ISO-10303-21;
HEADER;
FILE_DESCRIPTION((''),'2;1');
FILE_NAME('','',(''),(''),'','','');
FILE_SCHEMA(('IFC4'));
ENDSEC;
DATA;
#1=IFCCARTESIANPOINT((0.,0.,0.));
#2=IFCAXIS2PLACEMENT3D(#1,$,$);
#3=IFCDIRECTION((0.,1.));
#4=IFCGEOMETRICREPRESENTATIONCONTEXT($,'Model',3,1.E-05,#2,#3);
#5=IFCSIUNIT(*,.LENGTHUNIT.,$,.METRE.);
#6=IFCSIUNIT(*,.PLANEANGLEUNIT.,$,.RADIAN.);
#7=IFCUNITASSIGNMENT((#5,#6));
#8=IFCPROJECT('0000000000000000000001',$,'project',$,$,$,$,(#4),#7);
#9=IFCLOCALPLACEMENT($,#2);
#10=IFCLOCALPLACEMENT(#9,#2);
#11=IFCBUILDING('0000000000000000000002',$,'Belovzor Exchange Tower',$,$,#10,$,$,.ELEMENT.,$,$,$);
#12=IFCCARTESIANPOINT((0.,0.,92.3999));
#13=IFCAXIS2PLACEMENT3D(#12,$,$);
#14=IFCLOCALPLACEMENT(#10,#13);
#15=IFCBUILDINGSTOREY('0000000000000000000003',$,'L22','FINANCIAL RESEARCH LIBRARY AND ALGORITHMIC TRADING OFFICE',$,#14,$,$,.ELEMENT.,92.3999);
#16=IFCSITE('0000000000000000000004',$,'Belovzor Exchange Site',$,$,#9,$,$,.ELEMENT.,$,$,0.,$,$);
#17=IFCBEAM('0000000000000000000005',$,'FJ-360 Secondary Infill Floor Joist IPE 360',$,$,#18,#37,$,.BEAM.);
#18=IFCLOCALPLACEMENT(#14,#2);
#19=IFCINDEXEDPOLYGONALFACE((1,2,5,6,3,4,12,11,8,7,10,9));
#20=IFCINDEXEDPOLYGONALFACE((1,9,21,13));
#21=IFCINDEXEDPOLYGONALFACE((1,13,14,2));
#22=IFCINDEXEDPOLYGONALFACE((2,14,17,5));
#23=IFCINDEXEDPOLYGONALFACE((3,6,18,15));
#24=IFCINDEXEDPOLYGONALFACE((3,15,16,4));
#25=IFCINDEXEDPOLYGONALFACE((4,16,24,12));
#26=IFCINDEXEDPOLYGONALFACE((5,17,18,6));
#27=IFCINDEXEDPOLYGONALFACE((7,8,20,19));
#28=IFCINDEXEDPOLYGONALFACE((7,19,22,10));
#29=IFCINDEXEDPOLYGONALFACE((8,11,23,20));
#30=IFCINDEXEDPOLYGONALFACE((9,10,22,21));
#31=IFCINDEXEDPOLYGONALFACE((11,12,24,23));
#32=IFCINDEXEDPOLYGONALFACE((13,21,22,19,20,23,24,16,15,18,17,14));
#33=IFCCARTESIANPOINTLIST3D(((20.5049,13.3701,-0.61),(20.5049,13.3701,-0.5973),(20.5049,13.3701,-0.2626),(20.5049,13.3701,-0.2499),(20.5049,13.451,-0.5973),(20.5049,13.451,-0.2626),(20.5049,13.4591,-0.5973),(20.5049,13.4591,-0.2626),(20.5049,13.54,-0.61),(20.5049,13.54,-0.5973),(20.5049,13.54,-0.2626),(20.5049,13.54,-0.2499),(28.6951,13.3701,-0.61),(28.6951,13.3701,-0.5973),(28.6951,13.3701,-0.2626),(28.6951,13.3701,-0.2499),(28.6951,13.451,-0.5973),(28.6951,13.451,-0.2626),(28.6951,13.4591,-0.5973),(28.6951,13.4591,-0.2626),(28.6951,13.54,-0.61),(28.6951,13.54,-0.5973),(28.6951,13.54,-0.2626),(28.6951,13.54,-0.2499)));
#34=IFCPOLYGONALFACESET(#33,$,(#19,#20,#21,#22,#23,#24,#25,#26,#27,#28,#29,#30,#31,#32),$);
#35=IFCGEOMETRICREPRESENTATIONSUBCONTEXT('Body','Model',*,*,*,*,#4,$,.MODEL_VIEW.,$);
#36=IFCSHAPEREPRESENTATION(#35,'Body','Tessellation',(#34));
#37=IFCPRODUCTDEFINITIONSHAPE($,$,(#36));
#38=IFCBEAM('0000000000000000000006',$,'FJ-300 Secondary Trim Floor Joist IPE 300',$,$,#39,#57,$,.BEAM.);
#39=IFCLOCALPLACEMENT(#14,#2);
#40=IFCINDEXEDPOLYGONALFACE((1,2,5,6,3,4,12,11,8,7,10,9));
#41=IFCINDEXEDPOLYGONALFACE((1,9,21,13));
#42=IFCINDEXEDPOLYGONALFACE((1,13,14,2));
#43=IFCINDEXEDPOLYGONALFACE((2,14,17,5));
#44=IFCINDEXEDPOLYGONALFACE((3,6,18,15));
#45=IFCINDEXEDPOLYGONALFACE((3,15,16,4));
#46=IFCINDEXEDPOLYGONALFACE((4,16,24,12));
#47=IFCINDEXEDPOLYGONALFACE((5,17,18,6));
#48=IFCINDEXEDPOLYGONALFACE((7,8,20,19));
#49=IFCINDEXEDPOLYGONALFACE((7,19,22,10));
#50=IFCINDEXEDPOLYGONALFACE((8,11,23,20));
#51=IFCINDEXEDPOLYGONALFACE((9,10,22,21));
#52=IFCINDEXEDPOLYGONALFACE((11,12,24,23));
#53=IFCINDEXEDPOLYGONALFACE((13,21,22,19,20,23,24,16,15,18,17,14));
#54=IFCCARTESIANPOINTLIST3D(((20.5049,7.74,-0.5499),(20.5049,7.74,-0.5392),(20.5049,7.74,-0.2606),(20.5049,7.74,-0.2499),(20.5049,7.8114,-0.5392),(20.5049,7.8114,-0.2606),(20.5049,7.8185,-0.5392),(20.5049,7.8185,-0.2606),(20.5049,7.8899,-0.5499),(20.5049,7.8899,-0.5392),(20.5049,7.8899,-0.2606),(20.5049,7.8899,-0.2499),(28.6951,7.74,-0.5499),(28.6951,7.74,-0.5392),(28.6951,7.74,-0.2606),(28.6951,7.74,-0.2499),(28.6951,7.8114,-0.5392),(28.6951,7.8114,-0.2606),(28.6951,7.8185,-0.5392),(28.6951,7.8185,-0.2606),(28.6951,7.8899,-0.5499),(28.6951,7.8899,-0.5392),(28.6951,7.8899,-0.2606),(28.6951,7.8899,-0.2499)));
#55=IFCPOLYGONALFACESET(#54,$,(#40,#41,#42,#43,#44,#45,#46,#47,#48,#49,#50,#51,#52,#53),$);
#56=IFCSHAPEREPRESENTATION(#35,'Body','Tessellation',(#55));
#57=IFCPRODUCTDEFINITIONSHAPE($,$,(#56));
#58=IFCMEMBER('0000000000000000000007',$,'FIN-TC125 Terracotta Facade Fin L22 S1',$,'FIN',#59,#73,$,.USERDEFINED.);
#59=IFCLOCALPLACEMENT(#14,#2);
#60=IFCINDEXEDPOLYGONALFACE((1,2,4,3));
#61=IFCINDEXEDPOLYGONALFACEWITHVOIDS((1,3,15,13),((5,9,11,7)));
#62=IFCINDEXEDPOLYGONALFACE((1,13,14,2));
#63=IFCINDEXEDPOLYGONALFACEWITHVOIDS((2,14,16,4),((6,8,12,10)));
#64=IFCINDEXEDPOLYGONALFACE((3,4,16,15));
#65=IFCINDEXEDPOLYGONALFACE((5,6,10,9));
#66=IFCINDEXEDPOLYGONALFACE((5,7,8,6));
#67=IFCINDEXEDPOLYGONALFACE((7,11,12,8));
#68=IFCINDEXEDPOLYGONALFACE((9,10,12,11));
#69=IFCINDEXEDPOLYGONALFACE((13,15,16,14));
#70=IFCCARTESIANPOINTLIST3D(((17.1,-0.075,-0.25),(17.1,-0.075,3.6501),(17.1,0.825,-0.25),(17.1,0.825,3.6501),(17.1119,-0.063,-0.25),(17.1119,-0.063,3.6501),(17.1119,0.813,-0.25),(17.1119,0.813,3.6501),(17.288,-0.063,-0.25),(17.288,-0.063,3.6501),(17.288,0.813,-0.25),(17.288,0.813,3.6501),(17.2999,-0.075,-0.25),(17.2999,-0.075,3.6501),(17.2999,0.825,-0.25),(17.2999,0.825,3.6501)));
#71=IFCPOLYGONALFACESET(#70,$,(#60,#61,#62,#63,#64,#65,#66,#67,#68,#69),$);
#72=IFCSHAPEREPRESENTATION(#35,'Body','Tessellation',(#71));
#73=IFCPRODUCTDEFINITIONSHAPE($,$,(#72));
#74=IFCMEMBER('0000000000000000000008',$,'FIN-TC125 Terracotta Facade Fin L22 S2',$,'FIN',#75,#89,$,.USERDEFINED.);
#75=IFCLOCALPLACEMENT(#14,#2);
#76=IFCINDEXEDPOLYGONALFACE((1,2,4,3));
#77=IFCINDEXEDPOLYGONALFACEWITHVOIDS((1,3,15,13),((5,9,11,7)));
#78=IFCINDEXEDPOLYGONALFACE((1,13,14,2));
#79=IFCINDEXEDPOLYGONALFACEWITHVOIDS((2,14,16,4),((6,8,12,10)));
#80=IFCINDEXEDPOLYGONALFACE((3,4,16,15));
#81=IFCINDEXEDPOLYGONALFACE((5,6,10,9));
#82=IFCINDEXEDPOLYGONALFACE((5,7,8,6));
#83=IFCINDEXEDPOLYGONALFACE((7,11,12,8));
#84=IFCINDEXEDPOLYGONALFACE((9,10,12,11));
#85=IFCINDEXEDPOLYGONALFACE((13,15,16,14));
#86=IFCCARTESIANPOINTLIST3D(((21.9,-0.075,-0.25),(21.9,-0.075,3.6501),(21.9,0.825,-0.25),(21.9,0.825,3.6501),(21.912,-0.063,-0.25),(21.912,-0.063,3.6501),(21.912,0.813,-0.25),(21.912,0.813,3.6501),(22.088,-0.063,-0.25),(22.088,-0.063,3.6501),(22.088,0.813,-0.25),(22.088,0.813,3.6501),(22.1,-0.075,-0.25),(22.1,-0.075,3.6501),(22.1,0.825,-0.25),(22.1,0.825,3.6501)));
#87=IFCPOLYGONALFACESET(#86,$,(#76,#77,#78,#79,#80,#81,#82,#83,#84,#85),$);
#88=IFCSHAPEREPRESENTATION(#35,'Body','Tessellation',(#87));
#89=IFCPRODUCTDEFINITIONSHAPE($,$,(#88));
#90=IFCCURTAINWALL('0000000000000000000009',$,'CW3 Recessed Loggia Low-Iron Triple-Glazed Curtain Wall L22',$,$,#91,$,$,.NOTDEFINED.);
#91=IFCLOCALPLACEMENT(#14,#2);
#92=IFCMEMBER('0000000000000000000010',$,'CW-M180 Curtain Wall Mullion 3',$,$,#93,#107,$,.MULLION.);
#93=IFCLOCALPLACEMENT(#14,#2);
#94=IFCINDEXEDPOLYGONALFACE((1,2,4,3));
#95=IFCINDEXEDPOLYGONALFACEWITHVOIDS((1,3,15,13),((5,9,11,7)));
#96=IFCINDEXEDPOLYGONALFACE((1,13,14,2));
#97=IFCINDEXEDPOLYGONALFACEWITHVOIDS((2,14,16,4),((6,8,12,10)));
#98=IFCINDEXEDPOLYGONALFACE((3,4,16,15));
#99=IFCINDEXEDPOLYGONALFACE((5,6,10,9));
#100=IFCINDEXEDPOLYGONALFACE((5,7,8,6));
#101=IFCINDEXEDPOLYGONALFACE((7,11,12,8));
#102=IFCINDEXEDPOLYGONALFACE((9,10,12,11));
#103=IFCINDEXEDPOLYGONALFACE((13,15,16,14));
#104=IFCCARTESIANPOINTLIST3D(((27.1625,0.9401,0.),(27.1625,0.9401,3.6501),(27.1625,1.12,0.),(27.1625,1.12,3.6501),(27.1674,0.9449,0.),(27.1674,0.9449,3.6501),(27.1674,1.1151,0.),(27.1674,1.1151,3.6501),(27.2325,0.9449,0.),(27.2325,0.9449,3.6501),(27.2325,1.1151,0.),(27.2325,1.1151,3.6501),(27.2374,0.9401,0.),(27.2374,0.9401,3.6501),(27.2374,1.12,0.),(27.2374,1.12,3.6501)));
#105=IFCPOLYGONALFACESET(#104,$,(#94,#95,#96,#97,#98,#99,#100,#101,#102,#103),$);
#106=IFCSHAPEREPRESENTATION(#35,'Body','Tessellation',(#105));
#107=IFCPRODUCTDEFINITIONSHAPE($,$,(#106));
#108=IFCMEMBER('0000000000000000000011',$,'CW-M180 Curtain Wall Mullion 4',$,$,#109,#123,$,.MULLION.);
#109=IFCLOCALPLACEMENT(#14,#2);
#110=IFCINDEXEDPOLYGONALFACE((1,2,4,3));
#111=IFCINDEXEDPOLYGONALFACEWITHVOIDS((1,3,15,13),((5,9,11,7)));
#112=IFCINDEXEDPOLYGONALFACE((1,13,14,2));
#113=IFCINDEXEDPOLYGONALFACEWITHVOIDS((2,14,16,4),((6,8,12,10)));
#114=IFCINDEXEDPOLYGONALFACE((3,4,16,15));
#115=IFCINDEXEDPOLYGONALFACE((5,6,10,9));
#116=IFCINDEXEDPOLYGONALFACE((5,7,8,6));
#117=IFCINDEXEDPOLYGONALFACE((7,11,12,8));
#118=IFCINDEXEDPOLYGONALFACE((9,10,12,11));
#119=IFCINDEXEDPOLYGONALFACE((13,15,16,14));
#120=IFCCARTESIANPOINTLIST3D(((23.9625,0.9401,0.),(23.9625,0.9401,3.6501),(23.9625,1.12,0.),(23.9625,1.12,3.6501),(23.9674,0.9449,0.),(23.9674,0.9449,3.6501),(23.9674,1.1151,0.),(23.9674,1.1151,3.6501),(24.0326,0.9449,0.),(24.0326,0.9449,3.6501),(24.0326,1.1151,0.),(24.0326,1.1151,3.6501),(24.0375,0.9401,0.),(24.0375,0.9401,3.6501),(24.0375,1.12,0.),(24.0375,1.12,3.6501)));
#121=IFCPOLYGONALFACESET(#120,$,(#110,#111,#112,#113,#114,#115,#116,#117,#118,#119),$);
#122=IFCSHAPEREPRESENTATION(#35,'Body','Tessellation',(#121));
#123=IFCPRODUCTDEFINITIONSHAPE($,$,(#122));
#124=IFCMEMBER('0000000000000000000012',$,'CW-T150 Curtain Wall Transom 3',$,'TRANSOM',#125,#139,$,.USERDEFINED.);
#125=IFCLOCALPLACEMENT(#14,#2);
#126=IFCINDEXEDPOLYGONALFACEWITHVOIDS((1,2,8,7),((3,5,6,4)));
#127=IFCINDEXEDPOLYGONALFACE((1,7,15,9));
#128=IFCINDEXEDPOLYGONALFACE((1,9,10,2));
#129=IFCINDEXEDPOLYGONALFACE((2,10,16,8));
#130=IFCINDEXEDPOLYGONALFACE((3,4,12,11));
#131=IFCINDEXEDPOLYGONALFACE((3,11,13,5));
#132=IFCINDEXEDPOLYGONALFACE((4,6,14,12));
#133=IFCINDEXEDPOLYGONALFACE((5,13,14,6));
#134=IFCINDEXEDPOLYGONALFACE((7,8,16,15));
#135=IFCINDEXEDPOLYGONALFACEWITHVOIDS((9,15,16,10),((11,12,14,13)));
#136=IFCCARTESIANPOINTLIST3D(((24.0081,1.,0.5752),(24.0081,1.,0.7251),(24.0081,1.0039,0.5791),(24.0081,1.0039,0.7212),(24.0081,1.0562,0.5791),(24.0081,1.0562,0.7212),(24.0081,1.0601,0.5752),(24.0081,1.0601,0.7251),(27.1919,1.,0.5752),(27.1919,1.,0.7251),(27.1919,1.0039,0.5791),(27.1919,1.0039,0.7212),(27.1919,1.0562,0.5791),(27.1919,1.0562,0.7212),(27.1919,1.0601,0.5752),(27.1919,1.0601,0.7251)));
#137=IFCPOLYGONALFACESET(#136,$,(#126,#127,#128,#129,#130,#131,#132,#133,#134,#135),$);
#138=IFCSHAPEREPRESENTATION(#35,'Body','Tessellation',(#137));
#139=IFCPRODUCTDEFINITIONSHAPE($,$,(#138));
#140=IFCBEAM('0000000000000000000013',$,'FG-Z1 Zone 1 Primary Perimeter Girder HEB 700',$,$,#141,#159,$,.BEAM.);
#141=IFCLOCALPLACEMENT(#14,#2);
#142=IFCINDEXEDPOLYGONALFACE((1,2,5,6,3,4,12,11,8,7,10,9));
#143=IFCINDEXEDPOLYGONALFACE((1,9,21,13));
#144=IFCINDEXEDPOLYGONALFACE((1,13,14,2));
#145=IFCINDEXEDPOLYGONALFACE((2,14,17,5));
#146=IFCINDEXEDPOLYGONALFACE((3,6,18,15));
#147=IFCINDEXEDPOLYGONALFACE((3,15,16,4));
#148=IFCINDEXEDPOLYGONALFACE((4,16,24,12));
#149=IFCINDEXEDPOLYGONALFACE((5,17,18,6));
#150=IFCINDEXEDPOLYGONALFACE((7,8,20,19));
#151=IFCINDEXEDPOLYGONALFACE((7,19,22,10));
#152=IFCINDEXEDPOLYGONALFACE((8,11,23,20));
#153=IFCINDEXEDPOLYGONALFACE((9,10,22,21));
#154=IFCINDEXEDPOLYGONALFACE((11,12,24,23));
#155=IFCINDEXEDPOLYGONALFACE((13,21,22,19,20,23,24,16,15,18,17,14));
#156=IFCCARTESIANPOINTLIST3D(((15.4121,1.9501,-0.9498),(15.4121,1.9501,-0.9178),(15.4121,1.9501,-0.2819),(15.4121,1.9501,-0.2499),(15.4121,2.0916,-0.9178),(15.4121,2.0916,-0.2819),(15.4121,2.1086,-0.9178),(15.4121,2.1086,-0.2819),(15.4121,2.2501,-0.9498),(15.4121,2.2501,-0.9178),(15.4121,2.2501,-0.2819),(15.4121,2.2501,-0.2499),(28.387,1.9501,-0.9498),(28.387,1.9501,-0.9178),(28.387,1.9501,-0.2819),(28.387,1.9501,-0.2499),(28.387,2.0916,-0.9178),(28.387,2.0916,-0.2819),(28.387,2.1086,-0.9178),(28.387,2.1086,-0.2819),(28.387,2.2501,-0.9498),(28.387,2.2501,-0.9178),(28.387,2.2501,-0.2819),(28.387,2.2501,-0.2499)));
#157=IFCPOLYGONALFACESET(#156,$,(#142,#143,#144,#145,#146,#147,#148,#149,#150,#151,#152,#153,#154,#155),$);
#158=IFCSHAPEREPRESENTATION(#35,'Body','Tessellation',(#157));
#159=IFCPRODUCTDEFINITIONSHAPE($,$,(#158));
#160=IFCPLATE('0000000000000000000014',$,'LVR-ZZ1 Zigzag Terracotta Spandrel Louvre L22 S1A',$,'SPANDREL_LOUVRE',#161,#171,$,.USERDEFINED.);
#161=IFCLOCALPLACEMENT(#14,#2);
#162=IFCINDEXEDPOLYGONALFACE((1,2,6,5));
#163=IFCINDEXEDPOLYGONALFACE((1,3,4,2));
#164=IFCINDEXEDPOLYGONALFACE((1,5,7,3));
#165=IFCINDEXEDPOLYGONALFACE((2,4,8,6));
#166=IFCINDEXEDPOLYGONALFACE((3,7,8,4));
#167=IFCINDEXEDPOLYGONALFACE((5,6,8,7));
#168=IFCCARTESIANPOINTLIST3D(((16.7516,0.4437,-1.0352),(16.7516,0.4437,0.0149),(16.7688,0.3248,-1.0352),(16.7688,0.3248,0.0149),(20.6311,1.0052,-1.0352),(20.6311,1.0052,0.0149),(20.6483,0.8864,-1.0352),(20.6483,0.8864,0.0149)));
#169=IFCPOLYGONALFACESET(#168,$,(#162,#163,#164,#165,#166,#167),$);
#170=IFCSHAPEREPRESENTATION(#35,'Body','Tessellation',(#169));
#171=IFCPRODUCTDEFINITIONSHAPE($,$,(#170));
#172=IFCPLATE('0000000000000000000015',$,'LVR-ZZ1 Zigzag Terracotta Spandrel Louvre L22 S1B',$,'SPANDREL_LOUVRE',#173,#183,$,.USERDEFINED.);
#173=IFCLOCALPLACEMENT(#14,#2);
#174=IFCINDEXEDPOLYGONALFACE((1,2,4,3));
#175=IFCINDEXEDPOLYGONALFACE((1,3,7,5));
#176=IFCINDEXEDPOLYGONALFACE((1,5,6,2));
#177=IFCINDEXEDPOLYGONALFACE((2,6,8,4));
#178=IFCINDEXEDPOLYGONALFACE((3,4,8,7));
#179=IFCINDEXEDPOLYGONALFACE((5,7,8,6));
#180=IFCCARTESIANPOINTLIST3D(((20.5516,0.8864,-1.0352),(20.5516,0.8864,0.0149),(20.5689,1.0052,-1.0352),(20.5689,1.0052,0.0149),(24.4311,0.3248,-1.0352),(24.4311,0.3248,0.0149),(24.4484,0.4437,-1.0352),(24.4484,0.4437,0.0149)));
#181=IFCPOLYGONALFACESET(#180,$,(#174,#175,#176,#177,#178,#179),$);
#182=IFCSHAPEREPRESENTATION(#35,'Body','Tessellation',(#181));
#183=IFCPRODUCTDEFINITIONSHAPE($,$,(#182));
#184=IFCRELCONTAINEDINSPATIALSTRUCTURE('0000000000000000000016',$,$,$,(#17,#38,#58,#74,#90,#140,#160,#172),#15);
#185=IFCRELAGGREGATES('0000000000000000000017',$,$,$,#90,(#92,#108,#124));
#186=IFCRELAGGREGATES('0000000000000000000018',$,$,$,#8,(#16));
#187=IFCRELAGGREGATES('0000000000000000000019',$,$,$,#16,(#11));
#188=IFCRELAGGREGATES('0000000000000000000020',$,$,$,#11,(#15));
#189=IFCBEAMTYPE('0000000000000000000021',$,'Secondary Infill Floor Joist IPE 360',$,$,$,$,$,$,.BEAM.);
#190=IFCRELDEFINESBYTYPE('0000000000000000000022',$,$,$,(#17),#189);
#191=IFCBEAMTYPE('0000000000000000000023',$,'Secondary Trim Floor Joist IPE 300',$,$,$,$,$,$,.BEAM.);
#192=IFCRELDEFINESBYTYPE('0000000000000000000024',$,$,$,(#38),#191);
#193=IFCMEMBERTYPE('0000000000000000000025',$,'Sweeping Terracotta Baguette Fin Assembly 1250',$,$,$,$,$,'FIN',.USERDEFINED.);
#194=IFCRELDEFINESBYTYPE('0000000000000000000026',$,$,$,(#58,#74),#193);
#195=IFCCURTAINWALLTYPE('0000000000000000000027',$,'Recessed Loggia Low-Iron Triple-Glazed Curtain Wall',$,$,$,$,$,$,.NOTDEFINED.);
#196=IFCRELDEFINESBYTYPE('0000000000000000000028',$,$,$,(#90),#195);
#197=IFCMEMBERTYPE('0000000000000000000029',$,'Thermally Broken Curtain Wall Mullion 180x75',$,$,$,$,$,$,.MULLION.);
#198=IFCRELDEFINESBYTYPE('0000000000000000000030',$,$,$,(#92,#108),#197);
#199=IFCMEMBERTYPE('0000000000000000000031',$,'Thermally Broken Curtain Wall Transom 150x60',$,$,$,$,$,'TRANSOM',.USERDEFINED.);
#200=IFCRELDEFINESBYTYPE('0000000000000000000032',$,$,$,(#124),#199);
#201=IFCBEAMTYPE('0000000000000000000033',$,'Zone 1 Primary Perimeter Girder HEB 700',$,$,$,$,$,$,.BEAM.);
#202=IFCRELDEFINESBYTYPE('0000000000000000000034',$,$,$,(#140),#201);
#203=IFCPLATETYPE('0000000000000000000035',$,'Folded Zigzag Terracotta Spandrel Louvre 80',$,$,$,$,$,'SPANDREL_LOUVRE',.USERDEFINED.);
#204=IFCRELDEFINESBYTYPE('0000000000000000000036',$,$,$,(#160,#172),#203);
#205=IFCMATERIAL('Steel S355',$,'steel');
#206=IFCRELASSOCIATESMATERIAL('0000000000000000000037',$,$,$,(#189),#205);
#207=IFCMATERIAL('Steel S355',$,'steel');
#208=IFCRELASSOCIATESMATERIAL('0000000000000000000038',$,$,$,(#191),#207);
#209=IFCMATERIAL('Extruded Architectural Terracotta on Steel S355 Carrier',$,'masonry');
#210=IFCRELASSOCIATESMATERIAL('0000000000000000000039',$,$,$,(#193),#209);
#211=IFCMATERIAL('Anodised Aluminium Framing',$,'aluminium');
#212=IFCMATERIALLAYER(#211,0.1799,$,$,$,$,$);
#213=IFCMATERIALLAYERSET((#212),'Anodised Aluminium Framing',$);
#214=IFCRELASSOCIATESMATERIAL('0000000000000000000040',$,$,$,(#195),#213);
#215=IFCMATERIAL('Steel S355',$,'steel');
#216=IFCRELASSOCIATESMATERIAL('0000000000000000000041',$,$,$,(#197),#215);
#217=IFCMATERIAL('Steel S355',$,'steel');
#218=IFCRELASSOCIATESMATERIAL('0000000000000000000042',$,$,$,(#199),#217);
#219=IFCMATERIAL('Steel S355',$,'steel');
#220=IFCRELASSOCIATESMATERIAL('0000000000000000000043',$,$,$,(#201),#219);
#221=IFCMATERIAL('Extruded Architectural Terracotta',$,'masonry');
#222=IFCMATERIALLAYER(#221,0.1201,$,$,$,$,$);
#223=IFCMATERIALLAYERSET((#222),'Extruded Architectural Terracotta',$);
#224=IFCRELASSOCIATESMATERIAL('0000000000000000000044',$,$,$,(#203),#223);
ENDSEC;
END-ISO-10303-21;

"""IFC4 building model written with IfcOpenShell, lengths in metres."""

from ifc_helpers import new_model, si_unit, direction, frame, origin, origin_2d, place, context, subcontext, project, spatial, rectangle, hollow_rectangle, i_section, extrude, material, layer, layer_set, material_profile, profile_set, type_object, element, aggregate, save


model = new_model("IFC4")

# Units and contexts
model_context = context("Model", 3, precision=1e-05, world=origin(), true_north=direction((0.0, 1.0)))
body_context = subcontext(model_context, "Body", "Model", "MODEL_VIEW")
ifc_project = project(units=[si_unit("LENGTHUNIT", "METRE"), si_unit("PLANEANGLEUNIT", "RADIAN")], contexts=[model_context])

# Site, building, storey
site_placement = place(None, origin())
site = spatial("IfcSite", under=ifc_project, at=site_placement, Name="Belovzor Exchange Site", CompositionType="ELEMENT", RefElevation=0.0)
building_placement = place(site_placement, origin())
building = spatial("IfcBuilding", under=site, at=building_placement, Name="Belovzor Exchange Tower", CompositionType="ELEMENT")
storey_placement = place(building_placement, frame((0.0, 0.0, 92.3999)))
storey = spatial("IfcBuildingStorey", under=building, at=storey_placement, Name="L22", Description="FINANCIAL RESEARCH LIBRARY AND ALGORITHMIC TRADING OFFICE", CompositionType="ELEMENT", Elevation=92.3999)

# Beams
ifc_material_1 = material(Name="Steel S355", Category="steel")
ifc_material_profile_1 = material_profile(ifc_material_1, i_section(OverallWidth=0.1699, OverallDepth=0.3601, WebThickness=0.0081, FlangeThickness=0.0127, at=origin_2d()))
ifc_profile_set_1 = profile_set([ifc_material_profile_1], Name="Steel S355")
beam_type_1 = type_object("IfcBeamType", Name="Secondary Infill Floor Joist IPE 360", PredefinedType="BEAM", material=ifc_profile_set_1)
beam_1_placement = place(storey_placement, frame((20.5049, 13.4551, -0.4299), z_axis=(1.0, 0.0, 0.0), x_axis=(0.0, 1.0, 0.0)))
element("IfcBeam", 1, at=beam_1_placement, inside=storey, type_object=beam_type_1, Name="FJ-360 Secondary Infill Floor Joist IPE 360", PredefinedType="BEAM", context=body_context, shape_type="SweptSolid", body=[
    extrude(i_section(OverallWidth=0.1699, OverallDepth=0.3601, WebThickness=0.0081, FlangeThickness=0.0127, at=origin_2d()), origin(), (0.0, 0.0, 1.0), 8.1902),
])
ifc_material_2 = material(Name="Steel S355", Category="steel")
ifc_material_profile_2 = material_profile(ifc_material_2, i_section(OverallWidth=0.1499, OverallDepth=0.3, WebThickness=0.0071, FlangeThickness=0.0107, at=origin_2d()))
ifc_profile_set_2 = profile_set([ifc_material_profile_2], Name="Steel S355")
beam_type_2 = type_object("IfcBeamType", Name="Secondary Trim Floor Joist IPE 300", PredefinedType="BEAM", material=ifc_profile_set_2)
beam_2_placement = place(storey_placement, frame((20.5049, 7.8149, -0.3999), z_axis=(1.0, 0.0, 0.0), x_axis=(0.0, 1.0, 0.0)))
element("IfcBeam", 2, at=beam_2_placement, inside=storey, type_object=beam_type_2, Name="FJ-300 Secondary Trim Floor Joist IPE 300", PredefinedType="BEAM", context=body_context, shape_type="SweptSolid", body=[
    extrude(i_section(OverallWidth=0.1499, OverallDepth=0.3, WebThickness=0.0071, FlangeThickness=0.0107, at=origin_2d()), origin(), (0.0, 0.0, 1.0), 8.1902),
])

# Members
ifc_material_3 = material(Name="Extruded Architectural Terracotta on Steel S355 Carrier", Category="masonry")
ifc_material_profile_3 = material_profile(ifc_material_3, hollow_rectangle(XDim=0.2, YDim=0.8999, WallThickness=0.012, at=origin_2d()))
ifc_profile_set_3 = profile_set([ifc_material_profile_3], Name="Extruded Architectural Terracotta on Steel S355 Carrier")
member_type_1 = type_object("IfcMemberType", Name="Sweeping Terracotta Baguette Fin Assembly 1250", ElementType="FIN", PredefinedType="USERDEFINED", material=ifc_profile_set_3)
for number, where, z_axis, x_axis, name in (
    (3, (17.2, 0.375, -0.25), (0.0, 0.0, 1.0), (1.0, 0.0, 0.0), "FIN-TC125 Terracotta Facade Fin L22 S1"),
    (4, (22.0, 0.375, -0.25), (0.0, 0.0, 1.0), (1.0, 0.0, 0.0), "FIN-TC125 Terracotta Facade Fin L22 S2"),
):
    element("IfcMember", number, at=place(storey_placement, frame(where, z_axis=z_axis, x_axis=x_axis)), inside=storey, type_object=member_type_1, Name=name, ObjectType="FIN", PredefinedType="USERDEFINED", context=body_context, shape_type="SweptSolid", body=[
        extrude(hollow_rectangle(XDim=0.2, YDim=0.8999, WallThickness=0.012, at=origin_2d()), origin(), (0.0, 0.0, 1.0), 3.9001),
    ])

# Curtain wall, members
ifc_material_4 = material(Name="Anodised Aluminium Framing", Category="aluminium")
ifc_layer_1 = layer(ifc_material_4, 0.1799)
ifc_layer_set_1 = layer_set([ifc_layer_1], Name="Anodised Aluminium Framing")
curtain_wall_type = type_object("IfcCurtainWallType", Name="Recessed Loggia Low-Iron Triple-Glazed Curtain Wall", PredefinedType="NOTDEFINED", material=ifc_layer_set_1)
curtain_wall_placement = place(storey_placement, origin())
curtain_wall = element("IfcCurtainWall", 5, at=curtain_wall_placement, inside=storey, type_object=curtain_wall_type, Name="CW3 Recessed Loggia Low-Iron Triple-Glazed Curtain Wall L22", PredefinedType="NOTDEFINED")
ifc_material_5 = material(Name="Steel S355", Category="steel")
ifc_material_profile_4 = material_profile(ifc_material_5, hollow_rectangle(XDim=0.075, YDim=0.1799, WallThickness=0.0049, at=origin_2d()))
ifc_profile_set_4 = profile_set([ifc_material_profile_4], Name="Steel S355")
member_type_2 = type_object("IfcMemberType", Name="Thermally Broken Curtain Wall Mullion 180x75", PredefinedType="MULLION", material=ifc_profile_set_4)
member_1_placement = place(storey_placement, frame((27.2, 1.03, 0.0), z_axis=(0.0, 0.0, 1.0), x_axis=(-1.0, 0.0, 0.0)))
member_1 = element("IfcMember", 6, at=member_1_placement, type_object=member_type_2, Name="CW-M180 Curtain Wall Mullion 3", PredefinedType="MULLION", context=body_context, shape_type="SweptSolid", body=[
    extrude(hollow_rectangle(XDim=0.075, YDim=0.1799, WallThickness=0.0049, at=origin_2d()), origin(), (0.0, 0.0, 1.0), 3.6501),
])
member_2_placement = place(storey_placement, frame((24.0, 1.03, 0.0), z_axis=(0.0, 0.0, 1.0), x_axis=(-1.0, 0.0, 0.0)))
member_2 = element("IfcMember", 7, at=member_2_placement, type_object=member_type_2, Name="CW-M180 Curtain Wall Mullion 4", PredefinedType="MULLION", context=body_context, shape_type="SweptSolid", body=[
    extrude(hollow_rectangle(XDim=0.075, YDim=0.1799, WallThickness=0.0049, at=origin_2d()), origin(), (0.0, 0.0, 1.0), 3.6501),
])
ifc_material_6 = material(Name="Steel S355", Category="steel")
ifc_material_profile_5 = material_profile(ifc_material_6, hollow_rectangle(XDim=0.0601, YDim=0.1499, WallThickness=0.0039, at=origin_2d()))
ifc_profile_set_5 = profile_set([ifc_material_profile_5], Name="Steel S355")
member_type_3 = type_object("IfcMemberType", Name="Thermally Broken Curtain Wall Transom 150x60", ElementType="TRANSOM", PredefinedType="USERDEFINED", material=ifc_profile_set_5)
member_3_placement = place(storey_placement, frame((27.1919, 1.03, 0.6501), z_axis=(-1.0, 0.0, 0.0), x_axis=(0.0, -1.0, 0.0)))
member_3 = element("IfcMember", 8, at=member_3_placement, type_object=member_type_3, Name="CW-T150 Curtain Wall Transom 3", ObjectType="TRANSOM", PredefinedType="USERDEFINED", context=body_context, shape_type="SweptSolid", body=[
    extrude(hollow_rectangle(XDim=0.0601, YDim=0.1499, WallThickness=0.0039, at=origin_2d()), origin(), (0.0, 0.0, 1.0), 3.1838),
])

# Beam
ifc_material_7 = material(Name="Steel S355", Category="steel")
ifc_material_profile_6 = material_profile(ifc_material_7, i_section(OverallWidth=0.3, OverallDepth=0.7, WebThickness=0.0171, FlangeThickness=0.032, at=origin_2d()))
ifc_profile_set_6 = profile_set([ifc_material_profile_6], Name="Steel S355")
beam_type_3 = type_object("IfcBeamType", Name="Zone 1 Primary Perimeter Girder HEB 700", PredefinedType="BEAM", material=ifc_profile_set_6)
beam_3_placement = place(storey_placement, frame((15.4121, 2.1001, -0.5999), z_axis=(1.0, 0.0, 0.0), x_axis=(0.0, 1.0, 0.0)))
element("IfcBeam", 9, at=beam_3_placement, inside=storey, type_object=beam_type_3, Name="FG-Z1 Zone 1 Primary Perimeter Girder HEB 700", PredefinedType="BEAM", context=body_context, shape_type="SweptSolid", body=[
    extrude(i_section(OverallWidth=0.3, OverallDepth=0.7, WebThickness=0.0171, FlangeThickness=0.032, at=origin_2d()), origin(), (0.0, 0.0, 1.0), 12.9749),
])

# Plates
ifc_material_8 = material(Name="Extruded Architectural Terracotta", Category="masonry")
ifc_layer_2 = layer(ifc_material_8, 0.1201)
ifc_layer_set_2 = layer_set([ifc_layer_2], Name="Extruded Architectural Terracotta")
plate_type_1 = type_object("IfcPlateType", Name="Folded Zigzag Terracotta Spandrel Louvre 80", ElementType="SPANDREL_LOUVRE", PredefinedType="USERDEFINED", material=ifc_layer_set_2)
for number, where, z_axis, x_axis, name in (
    (10, (18.7, 0.665, -1.0352), (0.0, 0.0, 1.0), (0.989686, 0.143251, 0.0), "LVR-ZZ1 Zigzag Terracotta Spandrel Louvre L22 S1A"),
    (11, (22.5, 0.665, -1.0352), (0.0, 0.0, 1.0), (0.989686, -0.143251, 0.0), "LVR-ZZ1 Zigzag Terracotta Spandrel Louvre L22 S1B"),
):
    element("IfcPlate", number, at=place(storey_placement, frame(where, z_axis=z_axis, x_axis=x_axis)), inside=storey, type_object=plate_type_1, Name=name, ObjectType="SPANDREL_LOUVRE", PredefinedType="USERDEFINED", context=body_context, shape_type="SweptSolid", body=[
        extrude(rectangle(XDim=3.9199, YDim=0.1201, at=origin_2d()), origin(), (0.0, 0.0, 1.0), 1.05),
    ])

aggregate(curtain_wall, [member_1, member_2, member_3])

save(model, "model.ifc")
